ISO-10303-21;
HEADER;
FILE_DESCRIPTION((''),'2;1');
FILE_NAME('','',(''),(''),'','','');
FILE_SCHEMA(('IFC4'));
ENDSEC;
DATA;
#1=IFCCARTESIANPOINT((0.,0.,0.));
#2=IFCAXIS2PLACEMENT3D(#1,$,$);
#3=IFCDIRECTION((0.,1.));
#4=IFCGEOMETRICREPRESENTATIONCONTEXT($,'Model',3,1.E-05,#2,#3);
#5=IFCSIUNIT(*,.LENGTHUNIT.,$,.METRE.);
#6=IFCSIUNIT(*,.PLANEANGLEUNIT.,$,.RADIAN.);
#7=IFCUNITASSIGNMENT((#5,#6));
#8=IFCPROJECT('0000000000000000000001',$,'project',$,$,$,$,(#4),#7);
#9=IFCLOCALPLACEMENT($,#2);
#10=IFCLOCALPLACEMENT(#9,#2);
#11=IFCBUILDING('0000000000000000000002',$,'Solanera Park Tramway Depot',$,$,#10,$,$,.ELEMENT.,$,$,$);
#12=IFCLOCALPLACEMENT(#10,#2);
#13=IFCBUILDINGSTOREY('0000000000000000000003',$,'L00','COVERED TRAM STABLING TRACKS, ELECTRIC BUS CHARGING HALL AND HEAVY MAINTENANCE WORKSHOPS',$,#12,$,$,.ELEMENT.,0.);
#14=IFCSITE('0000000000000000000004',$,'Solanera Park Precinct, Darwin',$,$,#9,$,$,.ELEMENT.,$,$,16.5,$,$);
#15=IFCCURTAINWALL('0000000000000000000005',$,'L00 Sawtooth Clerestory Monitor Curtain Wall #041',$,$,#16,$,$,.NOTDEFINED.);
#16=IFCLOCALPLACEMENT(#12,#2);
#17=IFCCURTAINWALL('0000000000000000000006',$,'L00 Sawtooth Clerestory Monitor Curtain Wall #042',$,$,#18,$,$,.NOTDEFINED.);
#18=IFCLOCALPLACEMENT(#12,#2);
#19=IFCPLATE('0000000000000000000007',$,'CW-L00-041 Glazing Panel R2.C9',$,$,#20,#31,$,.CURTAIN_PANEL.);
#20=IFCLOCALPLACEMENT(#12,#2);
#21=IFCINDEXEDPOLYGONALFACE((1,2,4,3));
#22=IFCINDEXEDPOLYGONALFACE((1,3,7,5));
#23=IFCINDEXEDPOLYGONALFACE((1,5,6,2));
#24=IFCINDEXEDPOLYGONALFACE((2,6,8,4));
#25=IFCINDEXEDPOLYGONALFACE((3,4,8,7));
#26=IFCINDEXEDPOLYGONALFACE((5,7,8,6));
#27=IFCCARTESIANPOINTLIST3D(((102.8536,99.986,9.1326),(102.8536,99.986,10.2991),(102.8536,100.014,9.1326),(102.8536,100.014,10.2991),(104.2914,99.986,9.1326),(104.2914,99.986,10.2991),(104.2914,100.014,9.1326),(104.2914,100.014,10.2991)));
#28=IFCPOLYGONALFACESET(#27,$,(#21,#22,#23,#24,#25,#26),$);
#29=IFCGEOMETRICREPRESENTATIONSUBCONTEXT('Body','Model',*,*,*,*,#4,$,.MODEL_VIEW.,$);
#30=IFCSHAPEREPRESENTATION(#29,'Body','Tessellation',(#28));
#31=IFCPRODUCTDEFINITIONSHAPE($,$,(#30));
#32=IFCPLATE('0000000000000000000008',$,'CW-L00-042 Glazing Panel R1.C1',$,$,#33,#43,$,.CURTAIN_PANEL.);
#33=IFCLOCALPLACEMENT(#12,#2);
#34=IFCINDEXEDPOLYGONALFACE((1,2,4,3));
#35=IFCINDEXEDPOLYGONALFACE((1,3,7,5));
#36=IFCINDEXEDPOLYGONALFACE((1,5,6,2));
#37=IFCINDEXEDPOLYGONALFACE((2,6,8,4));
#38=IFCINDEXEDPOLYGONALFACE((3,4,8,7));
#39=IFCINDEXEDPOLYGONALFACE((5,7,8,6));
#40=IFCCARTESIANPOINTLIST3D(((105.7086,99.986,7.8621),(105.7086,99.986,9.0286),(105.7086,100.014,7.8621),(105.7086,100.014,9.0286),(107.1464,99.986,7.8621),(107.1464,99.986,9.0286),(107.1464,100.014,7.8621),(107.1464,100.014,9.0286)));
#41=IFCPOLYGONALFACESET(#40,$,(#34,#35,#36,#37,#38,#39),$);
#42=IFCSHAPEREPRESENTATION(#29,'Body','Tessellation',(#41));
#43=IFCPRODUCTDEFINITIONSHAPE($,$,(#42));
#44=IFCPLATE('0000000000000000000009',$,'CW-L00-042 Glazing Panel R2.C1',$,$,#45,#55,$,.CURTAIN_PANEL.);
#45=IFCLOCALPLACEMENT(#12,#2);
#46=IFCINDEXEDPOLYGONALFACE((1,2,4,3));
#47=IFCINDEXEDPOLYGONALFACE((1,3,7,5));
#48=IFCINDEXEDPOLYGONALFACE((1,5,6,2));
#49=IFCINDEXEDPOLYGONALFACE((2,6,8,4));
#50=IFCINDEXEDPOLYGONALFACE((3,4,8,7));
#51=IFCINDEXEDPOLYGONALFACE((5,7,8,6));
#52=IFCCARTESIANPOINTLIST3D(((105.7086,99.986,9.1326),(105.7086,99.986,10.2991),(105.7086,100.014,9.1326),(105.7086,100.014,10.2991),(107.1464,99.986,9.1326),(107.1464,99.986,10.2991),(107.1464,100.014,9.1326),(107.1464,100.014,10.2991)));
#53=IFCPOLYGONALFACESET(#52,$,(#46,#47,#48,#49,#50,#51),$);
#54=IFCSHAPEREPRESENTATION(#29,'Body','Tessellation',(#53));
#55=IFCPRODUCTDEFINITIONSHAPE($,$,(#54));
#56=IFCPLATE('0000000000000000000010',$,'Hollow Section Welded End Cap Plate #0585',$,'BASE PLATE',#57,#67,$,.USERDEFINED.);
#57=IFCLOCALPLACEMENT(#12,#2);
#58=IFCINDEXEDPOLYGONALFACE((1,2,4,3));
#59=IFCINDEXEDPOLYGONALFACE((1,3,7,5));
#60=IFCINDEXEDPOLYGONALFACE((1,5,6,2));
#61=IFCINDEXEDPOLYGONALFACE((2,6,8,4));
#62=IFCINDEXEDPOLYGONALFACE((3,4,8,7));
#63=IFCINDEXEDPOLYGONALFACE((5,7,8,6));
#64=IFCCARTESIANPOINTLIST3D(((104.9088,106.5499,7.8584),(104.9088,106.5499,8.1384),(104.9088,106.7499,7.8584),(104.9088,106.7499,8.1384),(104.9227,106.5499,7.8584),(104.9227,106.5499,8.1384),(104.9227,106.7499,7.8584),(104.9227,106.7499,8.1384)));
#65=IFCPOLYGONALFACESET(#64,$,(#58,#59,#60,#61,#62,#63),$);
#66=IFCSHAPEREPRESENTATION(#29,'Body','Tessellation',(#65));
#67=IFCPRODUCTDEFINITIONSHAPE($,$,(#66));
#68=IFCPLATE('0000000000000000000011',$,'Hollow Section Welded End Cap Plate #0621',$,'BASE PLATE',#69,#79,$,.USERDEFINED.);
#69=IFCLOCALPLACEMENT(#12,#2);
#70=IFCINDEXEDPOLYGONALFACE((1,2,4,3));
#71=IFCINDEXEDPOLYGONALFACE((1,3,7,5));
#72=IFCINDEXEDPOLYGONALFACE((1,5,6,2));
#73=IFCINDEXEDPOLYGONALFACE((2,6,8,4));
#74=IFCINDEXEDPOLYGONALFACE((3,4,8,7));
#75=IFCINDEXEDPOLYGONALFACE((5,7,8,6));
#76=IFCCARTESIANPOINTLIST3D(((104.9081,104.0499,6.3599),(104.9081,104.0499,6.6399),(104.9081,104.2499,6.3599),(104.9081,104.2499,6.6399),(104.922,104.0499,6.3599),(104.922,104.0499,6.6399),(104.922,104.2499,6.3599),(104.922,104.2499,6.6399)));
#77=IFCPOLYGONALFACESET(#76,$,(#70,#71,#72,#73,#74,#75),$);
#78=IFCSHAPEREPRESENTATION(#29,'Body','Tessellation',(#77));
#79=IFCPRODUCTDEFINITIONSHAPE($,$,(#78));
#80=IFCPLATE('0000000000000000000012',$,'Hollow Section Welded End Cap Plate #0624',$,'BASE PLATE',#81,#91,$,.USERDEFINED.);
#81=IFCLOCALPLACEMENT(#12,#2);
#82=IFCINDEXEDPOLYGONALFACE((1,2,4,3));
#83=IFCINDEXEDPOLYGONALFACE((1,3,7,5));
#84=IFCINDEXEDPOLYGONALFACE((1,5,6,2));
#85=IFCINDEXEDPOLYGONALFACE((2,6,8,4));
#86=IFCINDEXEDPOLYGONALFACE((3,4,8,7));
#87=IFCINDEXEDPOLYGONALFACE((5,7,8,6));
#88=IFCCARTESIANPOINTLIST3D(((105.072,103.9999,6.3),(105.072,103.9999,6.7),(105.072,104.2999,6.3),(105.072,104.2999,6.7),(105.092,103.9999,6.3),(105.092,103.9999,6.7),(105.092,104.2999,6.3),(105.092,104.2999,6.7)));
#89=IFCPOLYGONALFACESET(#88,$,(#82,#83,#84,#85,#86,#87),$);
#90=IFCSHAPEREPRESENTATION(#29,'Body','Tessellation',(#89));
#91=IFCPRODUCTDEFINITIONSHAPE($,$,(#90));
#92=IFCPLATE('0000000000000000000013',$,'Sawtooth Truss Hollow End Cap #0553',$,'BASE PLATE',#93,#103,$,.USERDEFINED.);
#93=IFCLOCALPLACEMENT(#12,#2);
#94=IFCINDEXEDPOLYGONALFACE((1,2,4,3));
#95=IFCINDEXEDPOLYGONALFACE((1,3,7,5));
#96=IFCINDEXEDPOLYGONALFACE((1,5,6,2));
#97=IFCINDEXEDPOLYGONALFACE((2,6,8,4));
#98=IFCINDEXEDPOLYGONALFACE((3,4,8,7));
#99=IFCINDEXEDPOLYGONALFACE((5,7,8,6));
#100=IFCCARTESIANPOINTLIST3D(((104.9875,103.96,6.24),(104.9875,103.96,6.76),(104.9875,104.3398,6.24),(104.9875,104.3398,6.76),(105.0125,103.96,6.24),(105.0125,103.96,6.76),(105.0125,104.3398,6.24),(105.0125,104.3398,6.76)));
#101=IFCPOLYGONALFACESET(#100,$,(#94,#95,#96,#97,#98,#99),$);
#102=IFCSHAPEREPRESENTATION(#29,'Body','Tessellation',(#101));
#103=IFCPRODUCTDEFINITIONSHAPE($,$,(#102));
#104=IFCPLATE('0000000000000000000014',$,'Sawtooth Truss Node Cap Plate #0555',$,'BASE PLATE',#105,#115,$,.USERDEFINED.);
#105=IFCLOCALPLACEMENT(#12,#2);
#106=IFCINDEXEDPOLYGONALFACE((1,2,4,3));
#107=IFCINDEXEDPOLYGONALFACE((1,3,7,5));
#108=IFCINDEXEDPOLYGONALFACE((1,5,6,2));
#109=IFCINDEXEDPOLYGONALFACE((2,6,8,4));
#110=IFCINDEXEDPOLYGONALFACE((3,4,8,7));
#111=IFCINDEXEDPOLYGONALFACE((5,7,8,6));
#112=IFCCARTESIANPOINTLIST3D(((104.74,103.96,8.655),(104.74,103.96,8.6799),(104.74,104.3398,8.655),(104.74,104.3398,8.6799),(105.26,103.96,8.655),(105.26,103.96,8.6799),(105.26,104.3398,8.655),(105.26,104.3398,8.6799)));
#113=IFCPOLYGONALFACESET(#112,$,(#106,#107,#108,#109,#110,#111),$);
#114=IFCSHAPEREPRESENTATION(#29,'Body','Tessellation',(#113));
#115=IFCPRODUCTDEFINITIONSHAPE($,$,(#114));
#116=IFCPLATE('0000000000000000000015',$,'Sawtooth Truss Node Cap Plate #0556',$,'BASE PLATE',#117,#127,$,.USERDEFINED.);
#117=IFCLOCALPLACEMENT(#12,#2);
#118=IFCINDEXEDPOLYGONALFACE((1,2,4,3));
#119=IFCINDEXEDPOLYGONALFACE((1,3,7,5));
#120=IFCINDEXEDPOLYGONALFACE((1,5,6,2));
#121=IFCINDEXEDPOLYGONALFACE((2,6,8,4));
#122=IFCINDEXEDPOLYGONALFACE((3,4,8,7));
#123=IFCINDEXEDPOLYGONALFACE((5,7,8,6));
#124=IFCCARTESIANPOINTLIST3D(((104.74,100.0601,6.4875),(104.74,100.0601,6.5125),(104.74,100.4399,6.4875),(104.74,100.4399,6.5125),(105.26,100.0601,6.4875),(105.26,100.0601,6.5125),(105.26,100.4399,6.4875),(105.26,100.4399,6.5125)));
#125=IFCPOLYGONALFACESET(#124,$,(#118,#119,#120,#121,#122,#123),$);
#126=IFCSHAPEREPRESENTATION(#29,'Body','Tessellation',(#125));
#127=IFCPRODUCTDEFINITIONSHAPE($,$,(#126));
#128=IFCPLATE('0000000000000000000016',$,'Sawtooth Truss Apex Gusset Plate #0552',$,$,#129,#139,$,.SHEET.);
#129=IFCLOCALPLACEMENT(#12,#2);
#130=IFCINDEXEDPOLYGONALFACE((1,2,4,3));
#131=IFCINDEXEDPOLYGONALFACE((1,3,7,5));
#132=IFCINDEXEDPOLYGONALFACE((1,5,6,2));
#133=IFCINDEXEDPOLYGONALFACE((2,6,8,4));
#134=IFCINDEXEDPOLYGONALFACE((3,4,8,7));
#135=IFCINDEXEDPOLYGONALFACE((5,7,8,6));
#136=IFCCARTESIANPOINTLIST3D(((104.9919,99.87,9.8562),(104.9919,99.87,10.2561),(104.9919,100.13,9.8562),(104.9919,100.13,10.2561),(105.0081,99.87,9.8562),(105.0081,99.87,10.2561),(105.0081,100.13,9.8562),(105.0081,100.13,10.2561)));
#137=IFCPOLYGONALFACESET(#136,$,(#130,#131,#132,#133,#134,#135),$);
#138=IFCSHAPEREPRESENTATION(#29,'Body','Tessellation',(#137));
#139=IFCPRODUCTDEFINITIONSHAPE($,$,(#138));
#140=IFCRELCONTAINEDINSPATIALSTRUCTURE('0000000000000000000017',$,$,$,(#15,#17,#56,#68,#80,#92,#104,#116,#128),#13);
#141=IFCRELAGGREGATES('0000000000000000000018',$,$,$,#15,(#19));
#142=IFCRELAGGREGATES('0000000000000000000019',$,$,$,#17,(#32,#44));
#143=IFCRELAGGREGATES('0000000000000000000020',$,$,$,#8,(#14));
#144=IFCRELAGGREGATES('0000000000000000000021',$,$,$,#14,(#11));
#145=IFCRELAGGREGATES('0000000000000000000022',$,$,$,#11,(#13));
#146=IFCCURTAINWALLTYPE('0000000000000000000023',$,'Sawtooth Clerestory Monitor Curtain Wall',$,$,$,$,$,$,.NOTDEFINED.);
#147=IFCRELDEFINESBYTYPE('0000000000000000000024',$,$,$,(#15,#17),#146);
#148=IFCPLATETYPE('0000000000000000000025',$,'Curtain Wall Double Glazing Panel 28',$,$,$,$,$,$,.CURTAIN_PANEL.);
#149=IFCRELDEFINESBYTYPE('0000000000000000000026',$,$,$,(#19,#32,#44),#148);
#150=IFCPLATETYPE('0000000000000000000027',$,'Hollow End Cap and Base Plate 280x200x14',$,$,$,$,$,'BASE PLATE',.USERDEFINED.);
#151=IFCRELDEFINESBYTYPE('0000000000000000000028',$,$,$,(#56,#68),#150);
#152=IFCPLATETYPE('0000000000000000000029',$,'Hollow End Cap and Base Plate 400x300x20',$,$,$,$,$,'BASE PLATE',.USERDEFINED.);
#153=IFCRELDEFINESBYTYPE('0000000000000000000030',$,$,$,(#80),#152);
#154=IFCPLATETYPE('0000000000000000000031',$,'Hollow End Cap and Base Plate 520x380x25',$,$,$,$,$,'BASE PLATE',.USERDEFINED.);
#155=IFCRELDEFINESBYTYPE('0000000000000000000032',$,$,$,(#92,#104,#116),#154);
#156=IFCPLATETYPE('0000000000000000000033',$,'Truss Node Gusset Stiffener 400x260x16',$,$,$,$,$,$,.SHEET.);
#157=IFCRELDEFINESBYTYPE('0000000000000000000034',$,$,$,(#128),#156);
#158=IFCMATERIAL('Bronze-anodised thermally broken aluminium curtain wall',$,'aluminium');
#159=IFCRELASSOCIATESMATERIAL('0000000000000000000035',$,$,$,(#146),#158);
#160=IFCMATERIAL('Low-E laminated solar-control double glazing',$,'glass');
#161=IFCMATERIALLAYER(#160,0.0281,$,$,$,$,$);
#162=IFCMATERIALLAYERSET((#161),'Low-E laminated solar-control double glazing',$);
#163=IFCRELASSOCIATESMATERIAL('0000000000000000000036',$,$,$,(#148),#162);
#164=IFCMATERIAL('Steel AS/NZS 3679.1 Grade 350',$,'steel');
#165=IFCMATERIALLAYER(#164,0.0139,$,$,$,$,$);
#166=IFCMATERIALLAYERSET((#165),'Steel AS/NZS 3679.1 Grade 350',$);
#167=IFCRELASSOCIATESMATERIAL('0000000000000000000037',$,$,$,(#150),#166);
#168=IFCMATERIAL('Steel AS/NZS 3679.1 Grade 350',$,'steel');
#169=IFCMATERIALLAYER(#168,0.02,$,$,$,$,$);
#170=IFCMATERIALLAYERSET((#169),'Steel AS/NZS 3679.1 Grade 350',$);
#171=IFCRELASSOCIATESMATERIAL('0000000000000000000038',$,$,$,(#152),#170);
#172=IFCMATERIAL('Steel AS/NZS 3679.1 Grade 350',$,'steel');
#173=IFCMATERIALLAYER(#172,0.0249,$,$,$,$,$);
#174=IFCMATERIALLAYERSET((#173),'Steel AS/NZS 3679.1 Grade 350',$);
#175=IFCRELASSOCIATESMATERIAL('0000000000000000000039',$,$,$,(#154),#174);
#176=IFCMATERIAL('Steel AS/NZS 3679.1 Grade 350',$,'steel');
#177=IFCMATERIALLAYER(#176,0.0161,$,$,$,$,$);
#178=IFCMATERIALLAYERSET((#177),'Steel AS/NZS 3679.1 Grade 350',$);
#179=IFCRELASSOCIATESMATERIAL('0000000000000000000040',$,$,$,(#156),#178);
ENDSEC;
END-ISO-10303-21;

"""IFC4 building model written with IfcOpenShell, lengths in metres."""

from ifc_helpers import new_model, si_unit, direction, frame, origin, origin_2d, place, context, subcontext, project, spatial, rectangle, extrude, material, layer, layer_set, type_object, element, aggregate, save


model = new_model("IFC4")

# Units and contexts
model_context = context("Model", 3, precision=1e-05, world=origin(), true_north=direction((0.0, 1.0)))
body_context = subcontext(model_context, "Body", "Model", "MODEL_VIEW")
ifc_project = project(units=[si_unit("LENGTHUNIT", "METRE"), si_unit("PLANEANGLEUNIT", "RADIAN")], contexts=[model_context])

# Site, building, storey
site_placement = place(None, origin())
site = spatial("IfcSite", under=ifc_project, at=site_placement, Name="Solanera Park Precinct, Darwin", CompositionType="ELEMENT", RefElevation=16.5)
building_placement = place(site_placement, origin())
building = spatial("IfcBuilding", under=site, at=building_placement, Name="Solanera Park Tramway Depot", CompositionType="ELEMENT")
storey_placement = place(building_placement, origin())
storey = spatial("IfcBuildingStorey", under=building, at=storey_placement, Name="L00", Description="COVERED TRAM STABLING TRACKS, ELECTRIC BUS CHARGING HALL AND HEAVY MAINTENANCE WORKSHOPS", CompositionType="ELEMENT", Elevation=0.0)

# Curtain walls
ifc_material_1 = material(Name="Bronze-anodised thermally broken aluminium curtain wall", Category="aluminium")
curtain_wall_type = type_object("IfcCurtainWallType", Name="Sawtooth Clerestory Monitor Curtain Wall", PredefinedType="NOTDEFINED", material=ifc_material_1)
curtain_wall_1_placement = place(storey_placement, origin())
curtain_wall_1 = element("IfcCurtainWall", 1, at=curtain_wall_1_placement, inside=storey, type_object=curtain_wall_type, Name="L00 Sawtooth Clerestory Monitor Curtain Wall #041", PredefinedType="NOTDEFINED")
curtain_wall_2_placement = place(storey_placement, origin())
curtain_wall_2 = element("IfcCurtainWall", 2, at=curtain_wall_2_placement, inside=storey, type_object=curtain_wall_type, Name="L00 Sawtooth Clerestory Monitor Curtain Wall #042", PredefinedType="NOTDEFINED")

# Plates
ifc_material_2 = material(Name="Low-E laminated solar-control double glazing", Category="glass")
ifc_layer_1 = layer(ifc_material_2, 0.0281)
ifc_layer_set_1 = layer_set([ifc_layer_1], Name="Low-E laminated solar-control double glazing")
plate_type_1 = type_object("IfcPlateType", Name="Curtain Wall Double Glazing Panel 28", PredefinedType="CURTAIN_PANEL", material=ifc_layer_set_1)
plate_1_placement = place(storey_placement, frame((103.5725, 100.0, 9.1326), z_axis=(0.0, 0.0, 1.0), x_axis=(1.0, 0.0, 0.0)))
plate_1 = element("IfcPlate", 3, at=plate_1_placement, type_object=plate_type_1, Name="CW-L00-041 Glazing Panel R2.C9", PredefinedType="CURTAIN_PANEL", context=body_context, shape_type="SweptSolid", body=[
    extrude(rectangle(XDim=1.4377, YDim=0.0281, at=origin_2d()), origin(), (0.0, 0.0, 1.0), 1.1665),
])
aggregate(curtain_wall_1, [plate_1])
plate_2_placement = place(storey_placement, frame((106.4275, 100.0, 7.8621), z_axis=(0.0, 0.0, 1.0), x_axis=(1.0, 0.0, 0.0)))
plate_2 = element("IfcPlate", 4, at=plate_2_placement, type_object=plate_type_1, Name="CW-L00-042 Glazing Panel R1.C1", PredefinedType="CURTAIN_PANEL", context=body_context, shape_type="SweptSolid", body=[
    extrude(rectangle(XDim=1.4377, YDim=0.0281, at=origin_2d()), origin(), (0.0, 0.0, 1.0), 1.1665),
])
plate_3_placement = place(storey_placement, frame((106.4275, 100.0, 9.1326), z_axis=(0.0, 0.0, 1.0), x_axis=(1.0, 0.0, 0.0)))
plate_3 = element("IfcPlate", 5, at=plate_3_placement, type_object=plate_type_1, Name="CW-L00-042 Glazing Panel R2.C1", PredefinedType="CURTAIN_PANEL", context=body_context, shape_type="SweptSolid", body=[
    extrude(rectangle(XDim=1.4377, YDim=0.0281, at=origin_2d()), origin(), (0.0, 0.0, 1.0), 1.1665),
])
aggregate(curtain_wall_2, [plate_2, plate_3])

# Plates
ifc_material_3 = material(Name="Steel AS/NZS 3679.1 Grade 350", Category="steel")
ifc_layer_2 = layer(ifc_material_3, 0.0139)
ifc_layer_set_2 = layer_set([ifc_layer_2], Name="Steel AS/NZS 3679.1 Grade 350")
plate_type_2 = type_object("IfcPlateType", Name="Hollow End Cap and Base Plate 280x200x14", ElementType="BASE PLATE", PredefinedType="USERDEFINED", material=ifc_layer_set_2)
for number, where, z_axis, x_axis, name in (
    (6, (104.9158, 106.6499, 7.8584), (0.0, 0.0, 1.0), (1.0, 0.0, 0.0), "Hollow Section Welded End Cap Plate #0585"),
    (7, (104.915, 104.1499, 6.3599), (0.0, 0.0, 1.0), (1.0, 0.0, 0.0), "Hollow Section Welded End Cap Plate #0621"),
):
    element("IfcPlate", number, at=place(storey_placement, frame(where, z_axis=z_axis, x_axis=x_axis)), inside=storey, type_object=plate_type_2, Name=name, ObjectType="BASE PLATE", PredefinedType="USERDEFINED", context=body_context, shape_type="SweptSolid", body=[
        extrude(rectangle(XDim=0.0139, YDim=0.2, at=origin_2d()), origin(), (0.0, 0.0, 1.0), 0.28),
    ])
ifc_material_4 = material(Name="Steel AS/NZS 3679.1 Grade 350", Category="steel")
ifc_layer_3 = layer(ifc_material_4, 0.02)
ifc_layer_set_3 = layer_set([ifc_layer_3], Name="Steel AS/NZS 3679.1 Grade 350")
plate_type_3 = type_object("IfcPlateType", Name="Hollow End Cap and Base Plate 400x300x20", ElementType="BASE PLATE", PredefinedType="USERDEFINED", material=ifc_layer_set_3)
plate_4_placement = place(storey_placement, frame((105.082, 104.1499, 6.3), z_axis=(0.0, 0.0, 1.0), x_axis=(1.0, 0.0, 0.0)))
element("IfcPlate", 8, at=plate_4_placement, inside=storey, type_object=plate_type_3, Name="Hollow Section Welded End Cap Plate #0624", ObjectType="BASE PLATE", PredefinedType="USERDEFINED", context=body_context, shape_type="SweptSolid", body=[
    extrude(rectangle(XDim=0.02, YDim=0.3, at=origin_2d()), origin(), (0.0, 0.0, 1.0), 0.3999),
])
ifc_material_5 = material(Name="Steel AS/NZS 3679.1 Grade 350", Category="steel")
ifc_layer_4 = layer(ifc_material_5, 0.0249)
ifc_layer_set_4 = layer_set([ifc_layer_4], Name="Steel AS/NZS 3679.1 Grade 350")
plate_type_4 = type_object("IfcPlateType", Name="Hollow End Cap and Base Plate 520x380x25", ElementType="BASE PLATE", PredefinedType="USERDEFINED", material=ifc_layer_set_4)
plate_5_placement = place(storey_placement, frame((105.0, 104.1499, 6.24), z_axis=(0.0, 0.0, 1.0), x_axis=(1.0, 0.0, 0.0)))
element("IfcPlate", 9, at=plate_5_placement, inside=storey, type_object=plate_type_4, Name="Sawtooth Truss Hollow End Cap #0553", ObjectType="BASE PLATE", PredefinedType="USERDEFINED", context=body_context, shape_type="SweptSolid", body=[
    extrude(rectangle(XDim=0.0249, YDim=0.3799, at=origin_2d()), origin(), (0.0, 0.0, 1.0), 0.52),
])
for number, where, z_axis, x_axis, name in (
    (10, (105.0, 104.1499, 8.655), (0.0, 0.0, 1.0), (1.0, 0.0, 0.0), "Sawtooth Truss Node Cap Plate #0555"),
    (11, (105.0, 100.25, 6.4875), (0.0, 0.0, 1.0), (1.0, 0.0, 0.0), "Sawtooth Truss Node Cap Plate #0556"),
):
    element("IfcPlate", number, at=place(storey_placement, frame(where, z_axis=z_axis, x_axis=x_axis)), inside=storey, type_object=plate_type_4, Name=name, ObjectType="BASE PLATE", PredefinedType="USERDEFINED", context=body_context, shape_type="SweptSolid", body=[
        extrude(rectangle(XDim=0.52, YDim=0.3799, at=origin_2d()), origin(), (0.0, 0.0, 1.0), 0.0249),
    ])
ifc_material_6 = material(Name="Steel AS/NZS 3679.1 Grade 350", Category="steel")
ifc_layer_5 = layer(ifc_material_6, 0.0161)
ifc_layer_set_5 = layer_set([ifc_layer_5], Name="Steel AS/NZS 3679.1 Grade 350")
plate_type_5 = type_object("IfcPlateType", Name="Truss Node Gusset Stiffener 400x260x16", PredefinedType="SHEET", material=ifc_layer_set_5)
plate_6_placement = place(storey_placement, frame((105.0, 100.0, 9.8562), z_axis=(0.0, 0.0, 1.0), x_axis=(1.0, 0.0, 0.0)))
element("IfcPlate", 12, at=plate_6_placement, inside=storey, type_object=plate_type_5, Name="Sawtooth Truss Apex Gusset Plate #0552", PredefinedType="SHEET", context=body_context, shape_type="SweptSolid", body=[
    extrude(rectangle(XDim=0.0161, YDim=0.26, at=origin_2d()), origin(), (0.0, 0.0, 1.0), 0.3999),
])

save(model, "model.ifc")
